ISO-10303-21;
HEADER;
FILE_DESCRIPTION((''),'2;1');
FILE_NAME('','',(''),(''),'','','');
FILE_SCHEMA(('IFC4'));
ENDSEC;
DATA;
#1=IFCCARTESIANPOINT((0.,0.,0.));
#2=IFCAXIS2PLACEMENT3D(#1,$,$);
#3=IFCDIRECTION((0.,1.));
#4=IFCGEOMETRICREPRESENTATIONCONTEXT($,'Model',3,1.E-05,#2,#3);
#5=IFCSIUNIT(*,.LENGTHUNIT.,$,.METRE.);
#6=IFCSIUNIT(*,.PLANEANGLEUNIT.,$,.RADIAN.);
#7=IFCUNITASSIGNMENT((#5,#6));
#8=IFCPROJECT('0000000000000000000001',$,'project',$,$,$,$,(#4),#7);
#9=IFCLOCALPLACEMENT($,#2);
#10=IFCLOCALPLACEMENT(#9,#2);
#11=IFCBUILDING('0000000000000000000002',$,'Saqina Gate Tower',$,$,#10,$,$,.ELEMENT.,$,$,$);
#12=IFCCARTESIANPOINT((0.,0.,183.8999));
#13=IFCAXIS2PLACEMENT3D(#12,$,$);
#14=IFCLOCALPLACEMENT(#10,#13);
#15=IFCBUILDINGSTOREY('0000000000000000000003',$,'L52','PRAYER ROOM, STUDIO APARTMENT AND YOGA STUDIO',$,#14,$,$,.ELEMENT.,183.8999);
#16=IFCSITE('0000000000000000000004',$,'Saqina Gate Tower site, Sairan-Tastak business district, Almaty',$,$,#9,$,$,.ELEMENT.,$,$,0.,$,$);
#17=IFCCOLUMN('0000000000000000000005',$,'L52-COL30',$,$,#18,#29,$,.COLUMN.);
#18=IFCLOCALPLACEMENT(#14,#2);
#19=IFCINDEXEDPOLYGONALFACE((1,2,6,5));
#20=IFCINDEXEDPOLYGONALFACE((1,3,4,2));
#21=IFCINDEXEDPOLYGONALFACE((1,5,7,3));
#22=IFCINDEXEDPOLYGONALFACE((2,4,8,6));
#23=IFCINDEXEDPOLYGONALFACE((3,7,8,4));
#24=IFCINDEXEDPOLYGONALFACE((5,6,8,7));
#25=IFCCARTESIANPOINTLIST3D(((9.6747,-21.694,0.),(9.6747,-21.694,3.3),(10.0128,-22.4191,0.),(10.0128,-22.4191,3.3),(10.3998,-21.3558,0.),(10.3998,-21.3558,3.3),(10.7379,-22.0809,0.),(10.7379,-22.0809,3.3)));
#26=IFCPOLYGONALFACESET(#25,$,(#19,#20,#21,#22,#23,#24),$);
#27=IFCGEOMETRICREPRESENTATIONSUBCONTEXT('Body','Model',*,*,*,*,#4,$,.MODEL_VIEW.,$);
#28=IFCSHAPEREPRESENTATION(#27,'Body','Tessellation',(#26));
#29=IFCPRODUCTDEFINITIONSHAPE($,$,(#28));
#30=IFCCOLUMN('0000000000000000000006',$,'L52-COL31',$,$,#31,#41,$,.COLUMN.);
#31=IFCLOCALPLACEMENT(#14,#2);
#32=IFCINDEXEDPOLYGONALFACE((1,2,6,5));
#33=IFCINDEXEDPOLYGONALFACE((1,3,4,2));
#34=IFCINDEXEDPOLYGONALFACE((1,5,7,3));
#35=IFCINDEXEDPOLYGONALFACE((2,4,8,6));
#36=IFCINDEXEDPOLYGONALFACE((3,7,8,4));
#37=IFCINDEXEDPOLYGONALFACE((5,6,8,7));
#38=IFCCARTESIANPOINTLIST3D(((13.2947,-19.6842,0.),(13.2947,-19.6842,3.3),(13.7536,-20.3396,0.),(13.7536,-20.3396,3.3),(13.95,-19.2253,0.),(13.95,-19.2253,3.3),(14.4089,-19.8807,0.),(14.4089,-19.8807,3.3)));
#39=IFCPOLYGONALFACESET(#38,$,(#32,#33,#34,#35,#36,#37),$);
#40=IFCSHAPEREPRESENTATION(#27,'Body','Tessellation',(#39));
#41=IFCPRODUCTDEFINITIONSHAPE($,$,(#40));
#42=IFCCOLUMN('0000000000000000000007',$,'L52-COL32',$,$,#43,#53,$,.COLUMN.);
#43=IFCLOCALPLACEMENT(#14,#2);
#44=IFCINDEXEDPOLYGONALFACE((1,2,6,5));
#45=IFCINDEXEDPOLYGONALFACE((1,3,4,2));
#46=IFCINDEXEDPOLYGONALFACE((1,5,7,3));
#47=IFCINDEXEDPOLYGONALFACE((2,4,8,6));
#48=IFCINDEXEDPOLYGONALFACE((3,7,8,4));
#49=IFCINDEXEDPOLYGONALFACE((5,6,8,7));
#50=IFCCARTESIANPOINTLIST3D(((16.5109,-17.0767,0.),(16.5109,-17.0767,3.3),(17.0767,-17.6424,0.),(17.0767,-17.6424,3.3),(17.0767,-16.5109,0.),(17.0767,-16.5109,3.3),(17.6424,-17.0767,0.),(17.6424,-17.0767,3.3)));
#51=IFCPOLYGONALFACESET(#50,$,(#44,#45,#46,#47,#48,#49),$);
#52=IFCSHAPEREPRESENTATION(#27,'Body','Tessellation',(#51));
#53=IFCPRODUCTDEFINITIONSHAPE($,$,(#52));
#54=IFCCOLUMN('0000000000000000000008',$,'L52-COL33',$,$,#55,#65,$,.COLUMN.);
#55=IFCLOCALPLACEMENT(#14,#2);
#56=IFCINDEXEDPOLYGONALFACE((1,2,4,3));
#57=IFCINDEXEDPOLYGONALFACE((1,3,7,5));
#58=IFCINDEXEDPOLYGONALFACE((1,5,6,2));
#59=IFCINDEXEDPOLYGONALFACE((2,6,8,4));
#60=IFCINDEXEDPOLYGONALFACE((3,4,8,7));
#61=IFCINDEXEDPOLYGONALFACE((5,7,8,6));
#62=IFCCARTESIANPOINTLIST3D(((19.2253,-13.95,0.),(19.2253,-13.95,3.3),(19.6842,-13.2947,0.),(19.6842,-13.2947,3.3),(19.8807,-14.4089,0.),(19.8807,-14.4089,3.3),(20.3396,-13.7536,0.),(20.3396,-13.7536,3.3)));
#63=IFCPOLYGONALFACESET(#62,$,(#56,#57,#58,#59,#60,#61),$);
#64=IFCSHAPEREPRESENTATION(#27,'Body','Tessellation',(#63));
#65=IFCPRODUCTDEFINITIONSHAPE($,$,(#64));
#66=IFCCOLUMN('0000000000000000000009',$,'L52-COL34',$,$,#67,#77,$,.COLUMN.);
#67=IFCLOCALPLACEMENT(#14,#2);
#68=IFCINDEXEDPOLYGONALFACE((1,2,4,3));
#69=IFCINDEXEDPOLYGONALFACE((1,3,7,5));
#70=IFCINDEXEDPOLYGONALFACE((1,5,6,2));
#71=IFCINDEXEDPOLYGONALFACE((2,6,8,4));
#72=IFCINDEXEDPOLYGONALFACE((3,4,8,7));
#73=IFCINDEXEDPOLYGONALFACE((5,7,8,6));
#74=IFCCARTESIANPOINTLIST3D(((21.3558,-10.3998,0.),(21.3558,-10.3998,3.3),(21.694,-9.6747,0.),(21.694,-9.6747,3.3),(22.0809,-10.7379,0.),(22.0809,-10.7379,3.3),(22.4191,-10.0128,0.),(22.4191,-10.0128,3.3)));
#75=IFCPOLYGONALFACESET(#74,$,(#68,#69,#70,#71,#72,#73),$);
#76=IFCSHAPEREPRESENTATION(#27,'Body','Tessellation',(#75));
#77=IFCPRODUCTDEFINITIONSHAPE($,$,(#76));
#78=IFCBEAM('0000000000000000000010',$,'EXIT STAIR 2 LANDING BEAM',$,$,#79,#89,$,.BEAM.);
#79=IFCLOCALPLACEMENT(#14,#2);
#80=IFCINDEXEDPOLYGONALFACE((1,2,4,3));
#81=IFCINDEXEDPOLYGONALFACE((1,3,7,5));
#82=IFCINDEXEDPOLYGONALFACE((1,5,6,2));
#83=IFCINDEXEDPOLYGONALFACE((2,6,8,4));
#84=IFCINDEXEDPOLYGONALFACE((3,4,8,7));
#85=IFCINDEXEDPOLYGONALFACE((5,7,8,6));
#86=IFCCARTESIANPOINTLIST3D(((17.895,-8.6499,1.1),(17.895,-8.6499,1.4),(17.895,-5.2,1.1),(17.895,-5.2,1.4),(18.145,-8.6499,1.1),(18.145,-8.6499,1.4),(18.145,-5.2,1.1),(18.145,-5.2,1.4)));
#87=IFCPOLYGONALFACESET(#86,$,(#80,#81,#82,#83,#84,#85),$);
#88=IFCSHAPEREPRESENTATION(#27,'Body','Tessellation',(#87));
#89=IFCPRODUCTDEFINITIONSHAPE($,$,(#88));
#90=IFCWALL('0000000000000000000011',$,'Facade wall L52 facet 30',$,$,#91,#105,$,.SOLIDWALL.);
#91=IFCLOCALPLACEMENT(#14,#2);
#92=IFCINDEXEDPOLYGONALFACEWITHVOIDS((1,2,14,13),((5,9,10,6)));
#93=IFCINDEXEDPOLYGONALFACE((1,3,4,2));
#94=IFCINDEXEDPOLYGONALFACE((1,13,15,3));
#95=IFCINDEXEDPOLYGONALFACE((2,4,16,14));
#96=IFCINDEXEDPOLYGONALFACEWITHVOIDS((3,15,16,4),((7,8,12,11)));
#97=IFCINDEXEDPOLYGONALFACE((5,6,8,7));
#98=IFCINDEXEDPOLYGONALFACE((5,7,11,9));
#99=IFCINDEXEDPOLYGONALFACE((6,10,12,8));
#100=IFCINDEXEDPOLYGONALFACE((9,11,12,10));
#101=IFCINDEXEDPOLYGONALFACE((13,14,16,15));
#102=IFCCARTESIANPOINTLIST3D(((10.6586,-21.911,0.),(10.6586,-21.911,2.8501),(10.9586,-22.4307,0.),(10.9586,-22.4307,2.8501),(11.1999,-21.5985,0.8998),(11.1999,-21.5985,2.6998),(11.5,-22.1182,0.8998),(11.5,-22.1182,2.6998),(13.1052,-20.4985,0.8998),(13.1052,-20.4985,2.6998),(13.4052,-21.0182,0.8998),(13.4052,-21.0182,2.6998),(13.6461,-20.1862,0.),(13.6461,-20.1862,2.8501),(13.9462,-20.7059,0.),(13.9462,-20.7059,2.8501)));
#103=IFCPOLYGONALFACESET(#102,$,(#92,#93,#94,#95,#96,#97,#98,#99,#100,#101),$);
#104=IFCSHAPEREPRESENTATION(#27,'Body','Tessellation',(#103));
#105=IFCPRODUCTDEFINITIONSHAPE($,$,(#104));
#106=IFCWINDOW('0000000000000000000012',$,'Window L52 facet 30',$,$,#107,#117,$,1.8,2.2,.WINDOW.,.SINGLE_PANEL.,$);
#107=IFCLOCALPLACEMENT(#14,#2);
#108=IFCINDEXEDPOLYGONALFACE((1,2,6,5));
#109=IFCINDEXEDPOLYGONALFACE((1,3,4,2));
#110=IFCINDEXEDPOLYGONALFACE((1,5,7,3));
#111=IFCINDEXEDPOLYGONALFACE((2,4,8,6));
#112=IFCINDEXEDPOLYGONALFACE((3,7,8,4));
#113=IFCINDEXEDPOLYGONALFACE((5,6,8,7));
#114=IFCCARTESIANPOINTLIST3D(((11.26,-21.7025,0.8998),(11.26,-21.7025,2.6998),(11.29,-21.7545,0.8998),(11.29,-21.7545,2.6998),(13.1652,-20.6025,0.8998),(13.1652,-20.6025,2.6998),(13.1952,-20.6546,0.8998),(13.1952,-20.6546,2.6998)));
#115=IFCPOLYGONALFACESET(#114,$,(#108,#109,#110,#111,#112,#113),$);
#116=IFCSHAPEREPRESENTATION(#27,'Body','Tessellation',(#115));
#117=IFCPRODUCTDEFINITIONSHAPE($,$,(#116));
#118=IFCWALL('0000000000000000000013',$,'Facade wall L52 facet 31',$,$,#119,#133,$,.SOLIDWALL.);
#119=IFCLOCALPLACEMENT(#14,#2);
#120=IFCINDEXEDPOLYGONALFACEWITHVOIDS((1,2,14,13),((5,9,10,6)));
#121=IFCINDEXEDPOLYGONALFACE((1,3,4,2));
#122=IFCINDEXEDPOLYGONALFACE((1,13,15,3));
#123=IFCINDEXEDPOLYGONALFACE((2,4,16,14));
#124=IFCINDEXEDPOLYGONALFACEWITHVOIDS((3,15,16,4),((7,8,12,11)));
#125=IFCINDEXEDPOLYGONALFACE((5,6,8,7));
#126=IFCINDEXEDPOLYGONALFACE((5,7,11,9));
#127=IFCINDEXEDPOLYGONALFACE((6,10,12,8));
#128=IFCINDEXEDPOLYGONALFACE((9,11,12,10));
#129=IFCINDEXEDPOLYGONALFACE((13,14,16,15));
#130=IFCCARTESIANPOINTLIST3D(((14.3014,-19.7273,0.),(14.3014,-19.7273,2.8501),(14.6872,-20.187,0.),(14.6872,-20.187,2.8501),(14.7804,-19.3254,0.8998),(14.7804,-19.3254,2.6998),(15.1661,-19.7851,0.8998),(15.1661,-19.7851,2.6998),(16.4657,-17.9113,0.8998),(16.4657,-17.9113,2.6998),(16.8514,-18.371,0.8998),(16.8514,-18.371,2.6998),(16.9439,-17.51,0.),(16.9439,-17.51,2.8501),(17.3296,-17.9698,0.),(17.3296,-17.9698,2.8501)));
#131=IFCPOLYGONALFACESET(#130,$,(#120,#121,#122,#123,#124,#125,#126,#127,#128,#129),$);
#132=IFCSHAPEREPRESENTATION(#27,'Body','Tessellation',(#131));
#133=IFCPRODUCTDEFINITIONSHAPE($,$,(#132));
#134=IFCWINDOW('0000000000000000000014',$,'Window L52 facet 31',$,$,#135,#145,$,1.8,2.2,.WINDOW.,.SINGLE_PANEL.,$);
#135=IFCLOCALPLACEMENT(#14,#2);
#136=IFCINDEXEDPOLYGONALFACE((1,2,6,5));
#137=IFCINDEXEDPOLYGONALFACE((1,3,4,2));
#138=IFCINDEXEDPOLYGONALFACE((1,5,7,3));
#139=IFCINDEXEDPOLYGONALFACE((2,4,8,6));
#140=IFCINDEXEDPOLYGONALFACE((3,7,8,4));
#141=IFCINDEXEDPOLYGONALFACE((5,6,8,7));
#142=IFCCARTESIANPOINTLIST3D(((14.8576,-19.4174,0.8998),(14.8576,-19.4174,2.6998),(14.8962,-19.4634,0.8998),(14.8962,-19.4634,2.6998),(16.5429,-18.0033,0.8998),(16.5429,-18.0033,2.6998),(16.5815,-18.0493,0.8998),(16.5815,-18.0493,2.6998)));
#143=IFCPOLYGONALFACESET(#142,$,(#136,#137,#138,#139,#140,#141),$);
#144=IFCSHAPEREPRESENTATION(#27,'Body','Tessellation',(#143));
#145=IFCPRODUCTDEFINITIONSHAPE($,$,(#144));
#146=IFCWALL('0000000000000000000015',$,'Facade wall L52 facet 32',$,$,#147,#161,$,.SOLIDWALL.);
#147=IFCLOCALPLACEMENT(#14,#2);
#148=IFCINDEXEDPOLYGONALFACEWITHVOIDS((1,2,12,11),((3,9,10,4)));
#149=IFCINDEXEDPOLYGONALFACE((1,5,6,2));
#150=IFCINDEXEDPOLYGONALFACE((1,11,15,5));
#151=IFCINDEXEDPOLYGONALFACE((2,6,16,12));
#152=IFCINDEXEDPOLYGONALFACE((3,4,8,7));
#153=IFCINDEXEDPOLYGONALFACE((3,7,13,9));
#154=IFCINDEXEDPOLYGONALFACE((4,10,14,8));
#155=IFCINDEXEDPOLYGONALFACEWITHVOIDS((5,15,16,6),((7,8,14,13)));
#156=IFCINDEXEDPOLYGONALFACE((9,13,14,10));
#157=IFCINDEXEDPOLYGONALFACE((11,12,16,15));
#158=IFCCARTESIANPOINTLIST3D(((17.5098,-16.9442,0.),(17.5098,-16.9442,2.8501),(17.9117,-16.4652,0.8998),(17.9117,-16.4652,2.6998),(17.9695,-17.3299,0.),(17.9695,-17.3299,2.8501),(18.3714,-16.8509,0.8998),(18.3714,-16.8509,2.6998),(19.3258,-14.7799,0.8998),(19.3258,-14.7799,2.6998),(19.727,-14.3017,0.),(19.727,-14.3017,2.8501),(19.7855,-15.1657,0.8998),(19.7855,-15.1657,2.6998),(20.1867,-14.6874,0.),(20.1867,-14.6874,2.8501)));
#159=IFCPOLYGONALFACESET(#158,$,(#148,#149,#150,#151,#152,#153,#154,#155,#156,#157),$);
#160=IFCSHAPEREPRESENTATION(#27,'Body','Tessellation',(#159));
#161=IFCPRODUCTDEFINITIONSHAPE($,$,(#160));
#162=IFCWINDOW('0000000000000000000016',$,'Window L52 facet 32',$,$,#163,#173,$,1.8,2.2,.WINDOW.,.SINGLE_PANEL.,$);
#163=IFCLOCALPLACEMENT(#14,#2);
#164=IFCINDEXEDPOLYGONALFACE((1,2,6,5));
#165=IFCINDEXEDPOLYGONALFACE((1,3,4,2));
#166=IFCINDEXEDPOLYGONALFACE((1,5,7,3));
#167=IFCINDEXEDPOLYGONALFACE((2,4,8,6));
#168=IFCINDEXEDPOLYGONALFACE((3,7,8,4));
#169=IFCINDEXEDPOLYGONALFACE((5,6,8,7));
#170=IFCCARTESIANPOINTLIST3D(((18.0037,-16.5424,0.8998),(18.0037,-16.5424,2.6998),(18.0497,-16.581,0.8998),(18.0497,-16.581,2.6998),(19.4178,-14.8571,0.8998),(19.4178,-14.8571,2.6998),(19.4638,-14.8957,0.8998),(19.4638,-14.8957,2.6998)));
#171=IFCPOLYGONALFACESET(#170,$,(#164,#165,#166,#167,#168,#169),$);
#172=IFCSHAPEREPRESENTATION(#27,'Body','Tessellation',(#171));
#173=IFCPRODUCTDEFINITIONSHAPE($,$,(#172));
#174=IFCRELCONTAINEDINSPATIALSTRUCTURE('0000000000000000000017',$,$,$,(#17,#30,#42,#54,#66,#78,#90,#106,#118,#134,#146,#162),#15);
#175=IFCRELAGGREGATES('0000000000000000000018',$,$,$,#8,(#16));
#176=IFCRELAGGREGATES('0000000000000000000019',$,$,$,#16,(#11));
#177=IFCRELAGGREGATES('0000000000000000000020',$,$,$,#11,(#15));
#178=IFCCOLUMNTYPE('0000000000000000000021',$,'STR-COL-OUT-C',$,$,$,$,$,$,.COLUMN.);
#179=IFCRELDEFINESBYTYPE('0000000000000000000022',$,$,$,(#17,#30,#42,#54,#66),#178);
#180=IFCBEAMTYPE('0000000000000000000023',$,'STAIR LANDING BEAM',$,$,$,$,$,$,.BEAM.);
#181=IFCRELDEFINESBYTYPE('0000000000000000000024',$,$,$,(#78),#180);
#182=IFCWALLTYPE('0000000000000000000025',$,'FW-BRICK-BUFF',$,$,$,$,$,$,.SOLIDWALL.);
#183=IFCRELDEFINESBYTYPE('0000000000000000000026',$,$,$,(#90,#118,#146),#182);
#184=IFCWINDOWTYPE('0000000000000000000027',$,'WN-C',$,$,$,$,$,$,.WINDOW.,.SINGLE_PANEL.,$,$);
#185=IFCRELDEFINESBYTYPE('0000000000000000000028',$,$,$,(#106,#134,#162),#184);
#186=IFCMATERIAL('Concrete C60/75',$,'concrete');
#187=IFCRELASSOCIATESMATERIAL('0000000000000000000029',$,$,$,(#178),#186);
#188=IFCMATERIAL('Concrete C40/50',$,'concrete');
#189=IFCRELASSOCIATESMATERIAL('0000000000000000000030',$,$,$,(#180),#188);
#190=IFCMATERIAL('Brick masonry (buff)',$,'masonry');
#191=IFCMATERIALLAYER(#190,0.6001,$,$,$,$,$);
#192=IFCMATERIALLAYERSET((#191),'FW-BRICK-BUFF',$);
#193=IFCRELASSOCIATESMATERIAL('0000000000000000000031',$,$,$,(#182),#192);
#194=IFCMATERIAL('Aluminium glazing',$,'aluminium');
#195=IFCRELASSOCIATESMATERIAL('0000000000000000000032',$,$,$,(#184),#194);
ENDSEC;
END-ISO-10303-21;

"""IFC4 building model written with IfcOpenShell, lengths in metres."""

from ifc_helpers import new_model, si_unit, direction, frame, frame_2d, origin, origin_2d, place, context, subcontext, project, spatial, rectangle, extrude, material, layer, layer_set, material_profile, profile_set, type_object, element, fill, save


model = new_model("IFC4")

# Units and contexts
model_context = context("Model", 3, precision=1e-05, world=origin(), true_north=direction((0.0, 1.0)))
body_context = subcontext(model_context, "Body", "Model", "MODEL_VIEW")
ifc_project = project(units=[si_unit("LENGTHUNIT", "METRE"), si_unit("PLANEANGLEUNIT", "RADIAN")], contexts=[model_context])

# Site, building, storey
site_placement = place(None, origin())
site = spatial("IfcSite", under=ifc_project, at=site_placement, Name="Saqina Gate Tower site, Sairan-Tastak business district, Almaty", CompositionType="ELEMENT", RefElevation=0.0)
building_placement = place(site_placement, origin())
building = spatial("IfcBuilding", under=site, at=building_placement, Name="Saqina Gate Tower", CompositionType="ELEMENT")
storey_placement = place(building_placement, frame((0.0, 0.0, 183.8999)))
storey = spatial("IfcBuildingStorey", under=building, at=storey_placement, Name="L52", Description="PRAYER ROOM, STUDIO APARTMENT AND YOGA STUDIO", CompositionType="ELEMENT", Elevation=183.8999)

# Columns
ifc_material_1 = material(Name="Concrete C60/75", Category="concrete")
ifc_material_profile_1 = material_profile(ifc_material_1, rectangle(XDim=0.8, YDim=0.8, at=origin_2d()), Name="RC 800x800")
ifc_profile_set_1 = profile_set([ifc_material_profile_1], Name="Concrete C60/75")
column_type = type_object("IfcColumnType", Name="STR-COL-OUT-C", PredefinedType="COLUMN", material=ifc_profile_set_1)
for number, where, z_axis, x_axis, name in (
    (1, (10.2063, -21.8875, 0.0), (0.0, 0.0, 1.0), (0.422618, -0.906308, 0.0), "L52-COL30"),
    (2, (13.8518, -19.7825, 0.0), (0.0, 0.0, 1.0), (0.573576, -0.819152, 0.0), "L52-COL31"),
    (3, (17.0767, -17.0767, 0.0), (0.0, 0.0, 1.0), (0.707107, -0.707107, 0.0), "L52-COL32"),
    (4, (19.7825, -13.8518, 0.0), (0.0, 0.0, 1.0), (0.819152, -0.573576, 0.0), "L52-COL33"),
    (5, (21.8875, -10.2063, 0.0), (0.0, 0.0, 1.0), (0.906308, -0.422618, 0.0), "L52-COL34"),
):
    element("IfcColumn", number, at=place(storey_placement, frame(where, z_axis=z_axis, x_axis=x_axis)), inside=storey, type_object=column_type, Name=name, PredefinedType="COLUMN", context=body_context, shape_type="SweptSolid", body=[
        extrude(rectangle(XDim=0.8, YDim=0.8, at=origin_2d()), origin(), (0.0, 0.0, 1.0), 3.3),
    ])

# Beam
ifc_material_2 = material(Name="Concrete C40/50", Category="concrete")
ifc_material_profile_2 = material_profile(ifc_material_2, rectangle(XDim=0.25, YDim=0.3, at=origin_2d()), Name="STAIR LANDING BEAM")
ifc_profile_set_2 = profile_set([ifc_material_profile_2], Name="Concrete C40/50")
beam_type = type_object("IfcBeamType", Name="STAIR LANDING BEAM", PredefinedType="BEAM", material=ifc_profile_set_2)
beam_placement = place(storey_placement, frame((18.02, -8.6499, 1.25), z_axis=(0.0, 1.0, 0.0), x_axis=(-1.0, 0.0, 0.0)))
element("IfcBeam", 6, at=beam_placement, inside=storey, type_object=beam_type, Name="EXIT STAIR 2 LANDING BEAM", PredefinedType="BEAM", context=body_context, shape_type="SweptSolid", body=[
    extrude(rectangle(XDim=0.25, YDim=0.3, at=origin_2d()), origin(), (0.0, 0.0, 1.0), 3.45),
])

# Walls, openings, windows
ifc_material_3 = material(Name="Brick masonry (buff)", Category="masonry")
ifc_layer_1 = layer(ifc_material_3, 0.6001)
ifc_layer_set_1 = layer_set([ifc_layer_1], Name="FW-BRICK-BUFF")
wall_type_1 = type_object("IfcWallType", Name="FW-BRICK-BUFF", PredefinedType="SOLIDWALL", material=ifc_layer_set_1)
wall_1_placement = place(storey_placement, frame((10.8086, -22.1709, 0.0), z_axis=(0.0, 0.0, 1.0), x_axis=(0.866026, 0.499998, 0.0)))
wall_1 = element("IfcWall", 7, at=wall_1_placement, inside=storey, type_object=wall_type_1, Name="Facade wall L52 facet 30", PredefinedType="SOLIDWALL", context=body_context, shape_type="SweptSolid", body=[
    extrude(rectangle(XDim=3.4497, YDim=0.6001, at=frame_2d((1.7249, 0.0))), origin(), (0.0, 0.0, 1.0), 2.8501),
])
opening_1_placement = place(wall_1_placement, frame((0.625, 0.0, 0.8999)))
opening_1 = element("IfcOpeningElement", 8, at=opening_1_placement, cuts=wall_1, PredefinedType="OPENING", context=body_context, shape_type="SweptSolid", body=[
    extrude(rectangle(XDim=2.2, YDim=1.8, at=frame_2d((1.1001, 0.8999))), frame((0.0, 0.312, 0.0), z_axis=(0.0, -1.0, 0.0), x_axis=(1.0, 0.0, 0.0)), (0.0, 0.0, 1.0), 0.624),
])
ifc_material_4 = material(Name="Aluminium glazing", Category="aluminium")
window_type = type_object("IfcWindowType", Name="WN-C", PartitioningType="SINGLE_PANEL", PredefinedType="WINDOW", material=ifc_material_4)
window_1_placement = place(opening_1_placement, origin())
window_1 = element("IfcWindow", 9, at=window_1_placement, inside=storey, type_object=window_type, Name="Window L52 facet 30", OverallHeight=1.8, OverallWidth=2.2, PartitioningType="SINGLE_PANEL", PredefinedType="WINDOW", context=body_context, shape_type="SweptSolid", body=[
    extrude(rectangle(XDim=2.2, YDim=1.8, at=frame_2d((1.1001, 0.8999))), frame((0.0, 0.1799, 0.0), z_axis=(0.0, -1.0, 0.0), x_axis=(1.0, 0.0, 0.0)), (0.0, 0.0, 1.0), 0.0601),
])
fill(opening_1, window_1)
wall_2_placement = place(storey_placement, frame((14.4944, -19.957, 0.0), z_axis=(0.0, 0.0, 1.0), x_axis=(0.766059, 0.64277, 0.0)))
wall_2 = element("IfcWall", 10, at=wall_2_placement, inside=storey, type_object=wall_type_1, Name="Facade wall L52 facet 31", PredefinedType="SOLIDWALL", context=body_context, shape_type="SweptSolid", body=[
    extrude(rectangle(XDim=3.4495, YDim=0.6001, at=frame_2d((1.7246, 0.0))), origin(), (0.0, 0.0, 1.0), 2.8501),
])
opening_2_placement = place(wall_2_placement, frame((0.625, 0.0, 0.8999)))
opening_2 = element("IfcOpeningElement", 11, at=opening_2_placement, cuts=wall_2, PredefinedType="OPENING", context=body_context, shape_type="SweptSolid", body=[
    extrude(rectangle(XDim=2.2, YDim=1.8, at=frame_2d((1.1001, 0.8999))), frame((0.0, 0.312, 0.0), z_axis=(0.0, -1.0, 0.0), x_axis=(1.0, 0.0, 0.0)), (0.0, 0.0, 1.0), 0.624),
])
window_2_placement = place(opening_2_placement, origin())
window_2 = element("IfcWindow", 12, at=window_2_placement, inside=storey, type_object=window_type, Name="Window L52 facet 31", OverallHeight=1.8, OverallWidth=2.2, PartitioningType="SINGLE_PANEL", PredefinedType="WINDOW", context=body_context, shape_type="SweptSolid", body=[
    extrude(rectangle(XDim=2.2, YDim=1.8, at=frame_2d((1.1001, 0.8999))), frame((0.0, 0.1799, 0.0), z_axis=(0.0, -1.0, 0.0), x_axis=(1.0, 0.0, 0.0)), (0.0, 0.0, 1.0), 0.0601),
])
fill(opening_2, window_2)
wall_3_placement = place(storey_placement, frame((17.7397, -17.137, 0.0), z_axis=(0.0, 0.0, 1.0), x_axis=(0.64277, 0.766059, 0.0)))
wall_3 = element("IfcWall", 13, at=wall_3_placement, inside=storey, type_object=wall_type_1, Name="Facade wall L52 facet 32", PredefinedType="SOLIDWALL", context=body_context, shape_type="SweptSolid", body=[
    extrude(rectangle(XDim=3.4495, YDim=0.6001, at=frame_2d((1.7246, 0.0))), origin(), (0.0, 0.0, 1.0), 2.8501),
])
opening_3_placement = place(wall_3_placement, frame((0.625, 0.0, 0.8999)))
opening_3 = element("IfcOpeningElement", 14, at=opening_3_placement, cuts=wall_3, PredefinedType="OPENING", context=body_context, shape_type="SweptSolid", body=[
    extrude(rectangle(XDim=2.2, YDim=1.8, at=frame_2d((1.1001, 0.8999))), frame((0.0, 0.312, 0.0), z_axis=(0.0, -1.0, 0.0), x_axis=(1.0, 0.0, 0.0)), (0.0, 0.0, 1.0), 0.624),
])
window_3_placement = place(opening_3_placement, origin())
window_3 = element("IfcWindow", 15, at=window_3_placement, inside=storey, type_object=window_type, Name="Window L52 facet 32", OverallHeight=1.8, OverallWidth=2.2, PartitioningType="SINGLE_PANEL", PredefinedType="WINDOW", context=body_context, shape_type="SweptSolid", body=[
    extrude(rectangle(XDim=2.2, YDim=1.8, at=frame_2d((1.1001, 0.8999))), frame((0.0, 0.1799, 0.0), z_axis=(0.0, -1.0, 0.0), x_axis=(1.0, 0.0, 0.0)), (0.0, 0.0, 1.0), 0.0601),
])
fill(opening_3, window_3)

save(model, "model.ifc")
